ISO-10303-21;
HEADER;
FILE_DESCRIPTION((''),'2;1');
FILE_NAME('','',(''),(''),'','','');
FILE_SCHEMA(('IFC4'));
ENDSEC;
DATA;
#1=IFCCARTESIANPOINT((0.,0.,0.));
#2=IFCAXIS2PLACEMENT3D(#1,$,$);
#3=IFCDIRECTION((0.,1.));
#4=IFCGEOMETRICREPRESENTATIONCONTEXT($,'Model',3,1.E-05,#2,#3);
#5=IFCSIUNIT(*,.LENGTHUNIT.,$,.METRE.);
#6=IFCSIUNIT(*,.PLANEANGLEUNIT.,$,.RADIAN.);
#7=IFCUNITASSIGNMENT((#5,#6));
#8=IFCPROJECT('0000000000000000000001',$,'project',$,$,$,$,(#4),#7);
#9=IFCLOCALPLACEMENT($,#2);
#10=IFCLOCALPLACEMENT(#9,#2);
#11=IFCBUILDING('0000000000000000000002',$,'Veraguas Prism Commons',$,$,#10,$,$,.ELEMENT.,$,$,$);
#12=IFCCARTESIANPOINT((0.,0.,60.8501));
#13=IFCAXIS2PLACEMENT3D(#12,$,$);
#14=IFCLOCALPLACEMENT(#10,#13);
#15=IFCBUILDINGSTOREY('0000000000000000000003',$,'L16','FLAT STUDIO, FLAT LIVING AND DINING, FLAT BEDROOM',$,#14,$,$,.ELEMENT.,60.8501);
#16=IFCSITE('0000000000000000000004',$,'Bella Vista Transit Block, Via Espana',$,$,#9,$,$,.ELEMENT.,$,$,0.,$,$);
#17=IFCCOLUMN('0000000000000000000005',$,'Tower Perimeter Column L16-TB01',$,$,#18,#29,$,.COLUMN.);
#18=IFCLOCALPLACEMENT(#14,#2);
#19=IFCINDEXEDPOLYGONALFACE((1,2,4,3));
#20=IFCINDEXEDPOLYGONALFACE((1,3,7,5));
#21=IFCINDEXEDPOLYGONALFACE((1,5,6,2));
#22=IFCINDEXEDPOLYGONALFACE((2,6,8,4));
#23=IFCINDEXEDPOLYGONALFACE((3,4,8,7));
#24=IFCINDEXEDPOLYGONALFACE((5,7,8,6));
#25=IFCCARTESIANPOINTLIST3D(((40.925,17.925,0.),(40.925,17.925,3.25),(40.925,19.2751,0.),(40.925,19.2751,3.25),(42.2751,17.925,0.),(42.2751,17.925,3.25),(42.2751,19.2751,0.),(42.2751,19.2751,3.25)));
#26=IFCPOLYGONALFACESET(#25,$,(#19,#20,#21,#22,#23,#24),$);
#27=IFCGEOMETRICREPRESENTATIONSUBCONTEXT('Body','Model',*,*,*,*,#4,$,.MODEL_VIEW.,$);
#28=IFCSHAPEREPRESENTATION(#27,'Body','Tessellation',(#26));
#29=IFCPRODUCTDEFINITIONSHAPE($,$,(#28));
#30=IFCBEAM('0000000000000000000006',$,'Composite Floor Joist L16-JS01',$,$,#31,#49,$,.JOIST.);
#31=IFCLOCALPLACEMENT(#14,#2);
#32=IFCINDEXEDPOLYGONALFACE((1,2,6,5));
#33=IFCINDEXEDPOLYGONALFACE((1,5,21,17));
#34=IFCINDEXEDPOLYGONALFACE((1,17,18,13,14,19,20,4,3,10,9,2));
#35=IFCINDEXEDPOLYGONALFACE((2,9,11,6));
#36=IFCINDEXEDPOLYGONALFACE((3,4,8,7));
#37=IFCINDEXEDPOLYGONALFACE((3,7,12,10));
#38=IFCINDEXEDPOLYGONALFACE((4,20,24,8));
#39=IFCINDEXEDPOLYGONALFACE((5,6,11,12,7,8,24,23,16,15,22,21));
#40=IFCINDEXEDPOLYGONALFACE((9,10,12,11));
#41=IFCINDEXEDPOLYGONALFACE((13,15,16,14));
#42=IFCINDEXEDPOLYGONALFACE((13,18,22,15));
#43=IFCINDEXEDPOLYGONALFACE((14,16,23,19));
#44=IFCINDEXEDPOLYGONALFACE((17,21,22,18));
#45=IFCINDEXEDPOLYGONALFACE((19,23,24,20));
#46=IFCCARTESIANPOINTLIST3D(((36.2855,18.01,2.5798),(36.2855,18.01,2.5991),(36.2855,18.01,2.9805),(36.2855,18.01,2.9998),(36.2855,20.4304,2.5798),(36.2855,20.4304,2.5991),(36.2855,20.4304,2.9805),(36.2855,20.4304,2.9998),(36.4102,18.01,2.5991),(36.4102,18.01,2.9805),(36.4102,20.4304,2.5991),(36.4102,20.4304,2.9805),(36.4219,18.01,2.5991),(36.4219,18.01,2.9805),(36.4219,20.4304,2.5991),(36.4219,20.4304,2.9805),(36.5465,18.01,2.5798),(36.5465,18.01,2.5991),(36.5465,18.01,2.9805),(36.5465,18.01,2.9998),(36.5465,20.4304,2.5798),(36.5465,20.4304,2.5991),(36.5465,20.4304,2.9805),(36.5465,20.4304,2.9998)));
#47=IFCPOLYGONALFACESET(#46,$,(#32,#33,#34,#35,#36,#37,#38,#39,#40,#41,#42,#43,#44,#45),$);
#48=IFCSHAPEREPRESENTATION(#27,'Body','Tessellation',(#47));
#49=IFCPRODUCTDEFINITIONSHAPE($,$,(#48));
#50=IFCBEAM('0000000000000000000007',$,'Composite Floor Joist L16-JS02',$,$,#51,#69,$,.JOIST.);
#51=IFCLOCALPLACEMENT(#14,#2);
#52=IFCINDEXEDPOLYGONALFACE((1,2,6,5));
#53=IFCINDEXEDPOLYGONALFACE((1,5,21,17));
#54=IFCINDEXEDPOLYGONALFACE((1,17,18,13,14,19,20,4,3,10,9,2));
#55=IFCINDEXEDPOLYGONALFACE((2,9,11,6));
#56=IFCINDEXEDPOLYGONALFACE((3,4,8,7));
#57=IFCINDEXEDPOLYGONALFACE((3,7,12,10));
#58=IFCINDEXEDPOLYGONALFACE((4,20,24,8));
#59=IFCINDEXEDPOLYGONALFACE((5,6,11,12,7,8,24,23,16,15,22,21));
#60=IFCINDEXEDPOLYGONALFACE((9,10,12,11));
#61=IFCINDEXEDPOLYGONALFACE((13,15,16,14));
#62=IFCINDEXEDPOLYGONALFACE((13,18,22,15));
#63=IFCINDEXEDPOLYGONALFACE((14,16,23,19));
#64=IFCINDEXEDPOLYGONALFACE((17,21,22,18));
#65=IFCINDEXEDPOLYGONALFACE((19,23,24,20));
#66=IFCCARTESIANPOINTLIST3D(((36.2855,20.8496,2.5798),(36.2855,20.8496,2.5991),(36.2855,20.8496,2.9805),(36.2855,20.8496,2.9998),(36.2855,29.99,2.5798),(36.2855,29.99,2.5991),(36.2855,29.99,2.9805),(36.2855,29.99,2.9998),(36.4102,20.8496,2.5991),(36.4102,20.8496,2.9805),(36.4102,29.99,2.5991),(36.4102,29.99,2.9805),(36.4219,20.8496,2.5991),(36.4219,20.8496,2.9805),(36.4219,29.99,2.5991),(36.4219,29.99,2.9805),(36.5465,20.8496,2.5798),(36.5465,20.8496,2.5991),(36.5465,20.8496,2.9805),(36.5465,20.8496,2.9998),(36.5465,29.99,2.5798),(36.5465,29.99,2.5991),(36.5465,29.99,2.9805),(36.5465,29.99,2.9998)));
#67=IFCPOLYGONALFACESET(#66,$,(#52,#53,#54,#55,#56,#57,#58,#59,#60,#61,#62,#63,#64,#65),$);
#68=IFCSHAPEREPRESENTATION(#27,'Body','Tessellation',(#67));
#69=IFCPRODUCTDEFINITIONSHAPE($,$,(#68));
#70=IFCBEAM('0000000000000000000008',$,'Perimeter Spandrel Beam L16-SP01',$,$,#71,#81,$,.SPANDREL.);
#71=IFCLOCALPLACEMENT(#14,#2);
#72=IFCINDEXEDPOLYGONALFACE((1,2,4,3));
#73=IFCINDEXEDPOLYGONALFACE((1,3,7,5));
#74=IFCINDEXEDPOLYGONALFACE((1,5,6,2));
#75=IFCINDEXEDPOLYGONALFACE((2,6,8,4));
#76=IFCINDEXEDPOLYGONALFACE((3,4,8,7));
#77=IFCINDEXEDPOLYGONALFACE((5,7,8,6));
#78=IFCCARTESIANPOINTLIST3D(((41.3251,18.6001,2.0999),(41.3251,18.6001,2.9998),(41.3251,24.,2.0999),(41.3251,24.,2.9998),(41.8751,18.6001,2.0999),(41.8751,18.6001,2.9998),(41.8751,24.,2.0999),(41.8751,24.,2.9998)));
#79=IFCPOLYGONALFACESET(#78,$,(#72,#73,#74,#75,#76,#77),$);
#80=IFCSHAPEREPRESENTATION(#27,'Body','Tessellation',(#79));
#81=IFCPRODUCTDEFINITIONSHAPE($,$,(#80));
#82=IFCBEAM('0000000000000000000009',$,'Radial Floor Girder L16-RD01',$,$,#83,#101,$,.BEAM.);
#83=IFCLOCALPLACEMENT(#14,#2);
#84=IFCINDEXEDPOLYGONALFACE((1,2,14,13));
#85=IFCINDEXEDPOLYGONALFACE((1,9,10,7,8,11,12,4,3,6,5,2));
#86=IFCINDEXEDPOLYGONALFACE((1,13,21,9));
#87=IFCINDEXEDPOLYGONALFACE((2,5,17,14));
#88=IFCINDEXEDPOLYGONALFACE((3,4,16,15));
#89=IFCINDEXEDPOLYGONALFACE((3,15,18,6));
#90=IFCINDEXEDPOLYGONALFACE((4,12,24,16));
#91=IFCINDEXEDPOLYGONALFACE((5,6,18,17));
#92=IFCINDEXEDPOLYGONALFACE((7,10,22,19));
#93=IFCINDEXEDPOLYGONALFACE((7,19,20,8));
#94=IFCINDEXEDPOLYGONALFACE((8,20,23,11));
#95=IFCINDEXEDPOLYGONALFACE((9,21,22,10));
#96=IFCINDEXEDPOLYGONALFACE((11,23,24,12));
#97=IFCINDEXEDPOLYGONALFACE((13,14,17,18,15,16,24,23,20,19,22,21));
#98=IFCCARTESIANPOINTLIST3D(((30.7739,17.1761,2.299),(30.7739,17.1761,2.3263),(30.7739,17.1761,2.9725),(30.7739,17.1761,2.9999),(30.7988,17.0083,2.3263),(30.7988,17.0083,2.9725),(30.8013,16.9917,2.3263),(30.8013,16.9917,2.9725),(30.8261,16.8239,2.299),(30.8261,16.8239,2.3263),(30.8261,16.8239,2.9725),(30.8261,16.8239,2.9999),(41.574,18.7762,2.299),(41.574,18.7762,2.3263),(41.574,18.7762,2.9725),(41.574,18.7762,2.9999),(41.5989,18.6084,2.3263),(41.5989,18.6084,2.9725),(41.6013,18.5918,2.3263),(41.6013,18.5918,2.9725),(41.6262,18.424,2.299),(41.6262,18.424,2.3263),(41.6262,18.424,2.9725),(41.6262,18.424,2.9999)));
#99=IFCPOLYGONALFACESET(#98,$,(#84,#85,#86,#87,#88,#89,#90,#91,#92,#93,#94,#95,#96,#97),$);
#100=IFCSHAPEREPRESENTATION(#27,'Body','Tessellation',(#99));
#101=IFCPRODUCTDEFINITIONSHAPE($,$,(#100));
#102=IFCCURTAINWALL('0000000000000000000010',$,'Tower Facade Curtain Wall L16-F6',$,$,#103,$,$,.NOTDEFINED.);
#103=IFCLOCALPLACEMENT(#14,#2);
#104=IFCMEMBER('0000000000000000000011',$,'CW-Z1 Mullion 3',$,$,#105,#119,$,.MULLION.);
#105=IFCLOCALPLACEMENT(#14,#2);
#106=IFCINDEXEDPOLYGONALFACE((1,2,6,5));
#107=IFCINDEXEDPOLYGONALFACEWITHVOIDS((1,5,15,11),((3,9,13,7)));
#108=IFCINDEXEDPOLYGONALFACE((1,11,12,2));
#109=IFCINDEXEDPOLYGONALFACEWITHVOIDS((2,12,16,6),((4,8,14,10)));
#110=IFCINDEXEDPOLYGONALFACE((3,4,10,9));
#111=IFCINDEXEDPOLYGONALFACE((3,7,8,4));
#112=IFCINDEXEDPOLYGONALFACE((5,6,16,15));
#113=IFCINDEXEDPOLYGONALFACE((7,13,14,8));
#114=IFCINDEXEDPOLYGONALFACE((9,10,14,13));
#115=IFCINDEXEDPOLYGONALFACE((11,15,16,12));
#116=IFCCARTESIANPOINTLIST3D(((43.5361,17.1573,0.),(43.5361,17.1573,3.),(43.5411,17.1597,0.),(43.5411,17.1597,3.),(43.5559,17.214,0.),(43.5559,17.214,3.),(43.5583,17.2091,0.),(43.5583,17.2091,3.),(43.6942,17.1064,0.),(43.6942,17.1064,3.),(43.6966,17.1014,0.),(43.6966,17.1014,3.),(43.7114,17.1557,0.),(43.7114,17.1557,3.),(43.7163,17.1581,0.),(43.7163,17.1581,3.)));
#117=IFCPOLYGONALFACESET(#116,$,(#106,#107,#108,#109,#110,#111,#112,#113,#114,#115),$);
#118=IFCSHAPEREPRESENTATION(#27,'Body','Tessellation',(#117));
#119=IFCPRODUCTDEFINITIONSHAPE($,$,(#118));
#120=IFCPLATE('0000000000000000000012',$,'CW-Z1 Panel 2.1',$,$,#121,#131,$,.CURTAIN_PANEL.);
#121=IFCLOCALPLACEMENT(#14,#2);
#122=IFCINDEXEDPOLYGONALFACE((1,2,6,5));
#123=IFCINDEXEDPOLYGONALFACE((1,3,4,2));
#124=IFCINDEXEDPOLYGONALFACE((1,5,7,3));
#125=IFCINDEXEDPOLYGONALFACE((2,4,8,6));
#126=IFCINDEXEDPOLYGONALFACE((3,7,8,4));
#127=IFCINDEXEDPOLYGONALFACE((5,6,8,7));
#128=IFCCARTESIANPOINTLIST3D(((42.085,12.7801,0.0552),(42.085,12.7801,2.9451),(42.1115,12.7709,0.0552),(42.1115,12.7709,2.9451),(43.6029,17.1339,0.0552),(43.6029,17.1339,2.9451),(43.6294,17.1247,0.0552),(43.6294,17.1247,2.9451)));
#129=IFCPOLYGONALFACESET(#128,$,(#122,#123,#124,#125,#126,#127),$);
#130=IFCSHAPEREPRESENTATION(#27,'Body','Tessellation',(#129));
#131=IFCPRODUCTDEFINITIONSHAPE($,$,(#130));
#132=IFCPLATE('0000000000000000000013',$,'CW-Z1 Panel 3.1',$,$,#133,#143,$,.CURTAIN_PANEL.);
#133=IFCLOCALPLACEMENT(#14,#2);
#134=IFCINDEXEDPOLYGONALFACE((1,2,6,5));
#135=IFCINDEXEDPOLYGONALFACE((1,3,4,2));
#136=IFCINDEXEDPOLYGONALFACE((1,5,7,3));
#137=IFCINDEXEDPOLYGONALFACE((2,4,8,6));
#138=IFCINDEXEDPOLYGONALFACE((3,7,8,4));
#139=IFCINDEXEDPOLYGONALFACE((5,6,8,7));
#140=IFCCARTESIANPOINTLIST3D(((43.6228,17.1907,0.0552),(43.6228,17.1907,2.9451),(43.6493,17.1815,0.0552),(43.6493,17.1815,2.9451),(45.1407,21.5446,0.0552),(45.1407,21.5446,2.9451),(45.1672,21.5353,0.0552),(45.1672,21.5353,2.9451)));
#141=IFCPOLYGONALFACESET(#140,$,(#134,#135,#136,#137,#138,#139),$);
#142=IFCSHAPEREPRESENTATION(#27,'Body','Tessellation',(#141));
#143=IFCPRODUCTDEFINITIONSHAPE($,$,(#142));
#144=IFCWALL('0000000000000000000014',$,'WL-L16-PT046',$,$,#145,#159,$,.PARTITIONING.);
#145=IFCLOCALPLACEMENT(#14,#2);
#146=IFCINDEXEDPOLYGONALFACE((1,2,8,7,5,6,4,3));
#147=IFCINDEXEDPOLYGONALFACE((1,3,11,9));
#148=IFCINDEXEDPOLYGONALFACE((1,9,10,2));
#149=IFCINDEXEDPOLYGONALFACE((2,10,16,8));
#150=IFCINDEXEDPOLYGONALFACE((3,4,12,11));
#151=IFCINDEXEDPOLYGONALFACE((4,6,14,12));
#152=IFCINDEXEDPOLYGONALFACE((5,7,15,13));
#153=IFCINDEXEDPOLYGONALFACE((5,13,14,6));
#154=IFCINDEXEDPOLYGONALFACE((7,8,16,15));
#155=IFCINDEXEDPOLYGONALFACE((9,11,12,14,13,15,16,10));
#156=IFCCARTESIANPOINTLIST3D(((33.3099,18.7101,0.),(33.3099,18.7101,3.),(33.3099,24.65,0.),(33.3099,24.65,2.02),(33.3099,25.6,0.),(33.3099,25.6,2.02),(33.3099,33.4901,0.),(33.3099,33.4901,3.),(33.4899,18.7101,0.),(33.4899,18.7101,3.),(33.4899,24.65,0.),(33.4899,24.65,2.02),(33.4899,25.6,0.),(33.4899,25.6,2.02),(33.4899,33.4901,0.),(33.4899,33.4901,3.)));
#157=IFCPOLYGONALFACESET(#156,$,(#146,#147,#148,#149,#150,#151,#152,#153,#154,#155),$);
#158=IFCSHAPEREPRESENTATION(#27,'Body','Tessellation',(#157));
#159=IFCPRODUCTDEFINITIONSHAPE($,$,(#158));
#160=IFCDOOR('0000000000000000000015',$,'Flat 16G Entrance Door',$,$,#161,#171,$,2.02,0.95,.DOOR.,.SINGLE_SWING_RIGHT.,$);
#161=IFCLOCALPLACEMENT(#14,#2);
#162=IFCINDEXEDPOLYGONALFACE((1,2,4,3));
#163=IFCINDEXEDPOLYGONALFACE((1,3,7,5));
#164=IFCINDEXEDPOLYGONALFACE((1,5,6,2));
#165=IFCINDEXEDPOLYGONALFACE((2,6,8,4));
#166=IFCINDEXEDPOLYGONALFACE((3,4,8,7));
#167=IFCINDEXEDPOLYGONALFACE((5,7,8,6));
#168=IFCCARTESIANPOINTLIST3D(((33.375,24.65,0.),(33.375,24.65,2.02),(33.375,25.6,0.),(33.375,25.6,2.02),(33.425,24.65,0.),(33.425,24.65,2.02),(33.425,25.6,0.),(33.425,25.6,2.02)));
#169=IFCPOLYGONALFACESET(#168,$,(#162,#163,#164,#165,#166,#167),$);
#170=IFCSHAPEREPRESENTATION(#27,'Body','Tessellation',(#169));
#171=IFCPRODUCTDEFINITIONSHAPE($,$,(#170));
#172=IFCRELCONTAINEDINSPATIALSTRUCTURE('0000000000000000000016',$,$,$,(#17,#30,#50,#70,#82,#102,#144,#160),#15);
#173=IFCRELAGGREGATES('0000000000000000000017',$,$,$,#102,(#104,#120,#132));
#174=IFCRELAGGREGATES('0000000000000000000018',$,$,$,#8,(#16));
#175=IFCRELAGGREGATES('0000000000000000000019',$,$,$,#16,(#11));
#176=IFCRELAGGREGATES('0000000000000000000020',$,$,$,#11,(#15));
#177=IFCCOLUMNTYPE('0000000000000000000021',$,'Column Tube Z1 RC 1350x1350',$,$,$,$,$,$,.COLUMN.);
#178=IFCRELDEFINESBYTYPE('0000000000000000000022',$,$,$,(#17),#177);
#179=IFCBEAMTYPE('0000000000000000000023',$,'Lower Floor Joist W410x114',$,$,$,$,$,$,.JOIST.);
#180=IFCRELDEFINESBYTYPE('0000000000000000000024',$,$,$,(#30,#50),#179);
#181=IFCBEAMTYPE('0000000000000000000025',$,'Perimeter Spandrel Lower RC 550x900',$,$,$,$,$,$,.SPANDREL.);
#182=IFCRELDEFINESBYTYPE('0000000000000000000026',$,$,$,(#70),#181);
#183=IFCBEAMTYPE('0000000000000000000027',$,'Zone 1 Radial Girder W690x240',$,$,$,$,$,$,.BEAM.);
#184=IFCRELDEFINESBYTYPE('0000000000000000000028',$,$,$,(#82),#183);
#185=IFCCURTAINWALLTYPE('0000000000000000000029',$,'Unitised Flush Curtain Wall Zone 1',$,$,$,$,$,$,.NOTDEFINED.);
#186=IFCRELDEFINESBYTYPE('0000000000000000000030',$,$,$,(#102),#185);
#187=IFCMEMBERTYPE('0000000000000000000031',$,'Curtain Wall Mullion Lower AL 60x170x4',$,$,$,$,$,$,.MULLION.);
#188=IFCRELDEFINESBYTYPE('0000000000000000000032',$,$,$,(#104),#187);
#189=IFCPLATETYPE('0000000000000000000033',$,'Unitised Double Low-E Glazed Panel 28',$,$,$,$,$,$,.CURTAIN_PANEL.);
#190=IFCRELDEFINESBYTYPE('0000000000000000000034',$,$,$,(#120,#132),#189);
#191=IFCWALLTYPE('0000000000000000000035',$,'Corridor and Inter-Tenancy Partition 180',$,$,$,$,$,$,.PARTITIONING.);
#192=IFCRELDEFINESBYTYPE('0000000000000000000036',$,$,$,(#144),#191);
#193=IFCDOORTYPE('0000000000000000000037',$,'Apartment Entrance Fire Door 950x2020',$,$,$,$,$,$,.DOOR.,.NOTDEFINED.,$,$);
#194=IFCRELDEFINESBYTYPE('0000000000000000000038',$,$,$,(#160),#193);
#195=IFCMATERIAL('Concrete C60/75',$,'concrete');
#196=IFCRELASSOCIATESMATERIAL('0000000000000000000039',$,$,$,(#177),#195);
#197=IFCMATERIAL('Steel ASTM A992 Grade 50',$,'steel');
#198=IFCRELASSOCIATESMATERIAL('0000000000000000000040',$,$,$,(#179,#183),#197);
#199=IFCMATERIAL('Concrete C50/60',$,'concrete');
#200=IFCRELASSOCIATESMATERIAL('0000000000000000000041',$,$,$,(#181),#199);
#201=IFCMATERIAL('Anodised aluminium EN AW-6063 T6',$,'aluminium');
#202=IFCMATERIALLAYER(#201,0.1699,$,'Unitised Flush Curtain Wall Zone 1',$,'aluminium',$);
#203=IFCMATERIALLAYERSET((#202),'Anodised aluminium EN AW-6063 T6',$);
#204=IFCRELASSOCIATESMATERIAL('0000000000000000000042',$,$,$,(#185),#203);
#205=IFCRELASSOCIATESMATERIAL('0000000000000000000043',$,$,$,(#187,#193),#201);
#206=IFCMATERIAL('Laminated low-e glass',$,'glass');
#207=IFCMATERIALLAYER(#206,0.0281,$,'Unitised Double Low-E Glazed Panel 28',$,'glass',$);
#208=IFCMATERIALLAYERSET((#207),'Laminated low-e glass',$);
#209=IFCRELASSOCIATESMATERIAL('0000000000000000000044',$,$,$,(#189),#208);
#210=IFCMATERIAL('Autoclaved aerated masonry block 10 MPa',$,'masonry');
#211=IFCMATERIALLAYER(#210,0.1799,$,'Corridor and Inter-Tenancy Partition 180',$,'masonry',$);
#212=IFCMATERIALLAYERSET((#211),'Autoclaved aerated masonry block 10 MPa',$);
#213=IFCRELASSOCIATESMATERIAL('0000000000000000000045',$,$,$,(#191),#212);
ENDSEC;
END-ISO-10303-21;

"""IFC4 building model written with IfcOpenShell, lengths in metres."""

from ifc_helpers import new_model, si_unit, direction, frame, frame_2d, origin, origin_2d, place, context, subcontext, project, spatial, rectangle, hollow_rectangle, i_section, extrude, source, transform, mapped, material, layer, layer_set, material_profile, profile_set, type_object, element, fill, aggregate, save


model = new_model("IFC4")

# Units and contexts
model_context = context("Model", 3, precision=1e-05, world=origin(), true_north=direction((0.0, 1.0)))
body_context = subcontext(model_context, "Body", "Model", "MODEL_VIEW")
ifc_project = project(units=[si_unit("LENGTHUNIT", "METRE"), si_unit("PLANEANGLEUNIT", "RADIAN")], contexts=[model_context])

# Site, building, storey
site_placement = place(None, origin())
site = spatial("IfcSite", under=ifc_project, at=site_placement, Name="Bella Vista Transit Block, Via Espana", CompositionType="ELEMENT", RefElevation=0.0)
building_placement = place(site_placement, origin())
building = spatial("IfcBuilding", under=site, at=building_placement, Name="Veraguas Prism Commons", CompositionType="ELEMENT")
storey_placement = place(building_placement, frame((0.0, 0.0, 60.8501)))
storey = spatial("IfcBuildingStorey", under=building, at=storey_placement, Name="L16", Description="FLAT STUDIO, FLAT LIVING AND DINING, FLAT BEDROOM", CompositionType="ELEMENT", Elevation=60.8501)

# Column
ifc_material_1 = material(Name="Concrete C60/75", Category="concrete")
ifc_material_profile_1 = material_profile(ifc_material_1, rectangle(XDim=1.3501, YDim=1.3501, at=origin_2d()), Name="RC1350X1350")
ifc_profile_set_1 = profile_set([ifc_material_profile_1], Name="Concrete C60/75")
column_type = type_object("IfcColumnType", Name="Column Tube Z1 RC 1350x1350", PredefinedType="COLUMN", material=ifc_profile_set_1)
column_placement = place(storey_placement, frame((41.6001, 18.6001, 0.0), z_axis=(0.0, 0.0, 1.0), x_axis=(1.0, 0.0, 0.0)))
element("IfcColumn", 1, at=column_placement, inside=storey, type_object=column_type, Name="Tower Perimeter Column L16-TB01", PredefinedType="COLUMN", context=body_context, shape_type="SweptSolid", body=[
    extrude(rectangle(XDim=1.3501, YDim=1.3501, at=origin_2d()), origin(), (0.0, 0.0, 1.0), 3.25),
])

# Beams
ifc_material_2 = material(Name="Steel ASTM A992 Grade 50", Category="steel")
ifc_material_profile_2 = material_profile(ifc_material_2, i_section(OverallWidth=0.261, OverallDepth=0.4199, WebThickness=0.0117, FlangeThickness=0.0193, at=origin_2d()), Name="W410X114")
ifc_profile_set_2 = profile_set([ifc_material_profile_2], Name="Steel ASTM A992 Grade 50")
beam_type_1 = type_object("IfcBeamType", Name="Lower Floor Joist W410x114", PredefinedType="JOIST", material=ifc_profile_set_2)
beam_1_placement = place(storey_placement, frame((36.416, 18.01, 2.7898), z_axis=(0.0, 1.0, 0.0), x_axis=(-1.0, 0.0, 0.0)))
element("IfcBeam", 2, at=beam_1_placement, inside=storey, type_object=beam_type_1, Name="Composite Floor Joist L16-JS01", PredefinedType="JOIST", context=body_context, shape_type="SweptSolid", body=[
    extrude(i_section(OverallWidth=0.261, OverallDepth=0.4199, WebThickness=0.0117, FlangeThickness=0.0193, at=origin_2d()), origin(), (0.0, 0.0, 1.0), 2.4204),
])
beam_2_placement = place(storey_placement, frame((36.416, 20.8496, 2.7898), z_axis=(0.0, 1.0, 0.0), x_axis=(-1.0, 0.0, 0.0)))
element("IfcBeam", 3, at=beam_2_placement, inside=storey, type_object=beam_type_1, Name="Composite Floor Joist L16-JS02", PredefinedType="JOIST", context=body_context, shape_type="SweptSolid", body=[
    extrude(i_section(OverallWidth=0.261, OverallDepth=0.4199, WebThickness=0.0117, FlangeThickness=0.0193, at=origin_2d()), origin(), (0.0, 0.0, 1.0), 9.1404),
])
ifc_material_3 = material(Name="Concrete C50/60", Category="concrete")
ifc_material_profile_3 = material_profile(ifc_material_3, rectangle(XDim=0.55, YDim=0.8999, at=origin_2d()), Name="RC550X900")
ifc_profile_set_3 = profile_set([ifc_material_profile_3], Name="Concrete C50/60")
beam_type_2 = type_object("IfcBeamType", Name="Perimeter Spandrel Lower RC 550x900", PredefinedType="SPANDREL", material=ifc_profile_set_3)
beam_3_placement = place(storey_placement, frame((41.6001, 18.6001, 2.5498), z_axis=(0.0, 1.0, 0.0), x_axis=(-1.0, 0.0, 0.0)))
element("IfcBeam", 4, at=beam_3_placement, inside=storey, type_object=beam_type_2, Name="Perimeter Spandrel Beam L16-SP01", PredefinedType="SPANDREL", context=body_context, shape_type="SweptSolid", body=[
    extrude(rectangle(XDim=0.55, YDim=0.8999, at=origin_2d()), origin(), (0.0, 0.0, 1.0), 5.3999),
])
ifc_material_profile_4 = material_profile(ifc_material_2, i_section(OverallWidth=0.356, OverallDepth=0.7009, WebThickness=0.0168, FlangeThickness=0.0273, at=origin_2d()), Name="W690X240")
ifc_profile_set_4 = profile_set([ifc_material_profile_4], Name="Steel ASTM A992 Grade 50")
beam_type_3 = type_object("IfcBeamType", Name="Zone 1 Radial Girder W690x240", PredefinedType="BEAM", material=ifc_profile_set_4)
beam_4_placement = place(storey_placement, frame((41.6001, 18.6001, 2.6494), z_axis=(-0.989202, -0.146557, 0.0), x_axis=(0.146557, -0.989202, 0.0)))
element("IfcBeam", 5, at=beam_4_placement, inside=storey, type_object=beam_type_3, Name="Radial Floor Girder L16-RD01", PredefinedType="BEAM", context=body_context, shape_type="SweptSolid", body=[
    extrude(i_section(OverallWidth=0.356, OverallDepth=0.7009, WebThickness=0.0168, FlangeThickness=0.0273, at=origin_2d()), origin(), (0.0, 0.0, 1.0), 10.918),
])

# Curtain wall, member, plates
ifc_material_4 = material(Name="Anodised aluminium EN AW-6063 T6", Category="aluminium")
ifc_layer_1 = layer(ifc_material_4, 0.1699, Name="Unitised Flush Curtain Wall Zone 1", Category="aluminium")
ifc_layer_set_1 = layer_set([ifc_layer_1], Name="Anodised aluminium EN AW-6063 T6")
curtain_wall_type = type_object("IfcCurtainWallType", Name="Unitised Flush Curtain Wall Zone 1", PredefinedType="NOTDEFINED", material=ifc_layer_set_1)
curtain_wall_placement = place(storey_placement, origin())
curtain_wall = element("IfcCurtainWall", 6, at=curtain_wall_placement, inside=storey, type_object=curtain_wall_type, Name="Tower Facade Curtain Wall L16-F6", PredefinedType="NOTDEFINED")
ifc_material_profile_5 = material_profile(ifc_material_4, hollow_rectangle(XDim=0.0601, YDim=0.1699, WallThickness=0.0039, at=origin_2d()), Name="AL60X170X4")
ifc_profile_set_5 = profile_set([ifc_material_profile_5], Name="Anodised aluminium EN AW-6063 T6")
member_type = type_object("IfcMemberType", Name="Curtain Wall Mullion Lower AL 60x170x4", PredefinedType="MULLION", material=ifc_profile_set_5)
shared_shape_1 = source(origin(), body_context, "Body", "SweptSolid", [
    extrude(hollow_rectangle(XDim=0.0601, YDim=0.1699, WallThickness=0.0039, at=origin_2d()), origin(), (0.0, 0.0, 1.0), 3.0),
])
member_placement = place(storey_placement, frame((43.6262, 17.1577, 0.0), z_axis=(0.0, 0.0, 1.0), x_axis=(0.329195, 0.944262, 0.0)))
member = element("IfcMember", 7, at=member_placement, type_object=member_type, Name="CW-Z1 Mullion 3", PredefinedType="MULLION", context=body_context, shape_type="MappedRepresentation", body=[
    mapped(shared_shape_1, transform((0.0, 0.0, 0.0), scale=1.0)),
])
ifc_material_5 = material(Name="Laminated low-e glass", Category="glass")
ifc_layer_2 = layer(ifc_material_5, 0.0281, Name="Unitised Double Low-E Glazed Panel 28", Category="glass")
ifc_layer_set_2 = layer_set([ifc_layer_2], Name="Laminated low-e glass")
plate_type = type_object("IfcPlateType", Name="Unitised Double Low-E Glazed Panel 28", PredefinedType="CURTAIN_PANEL", material=ifc_layer_set_2)
shared_shape_2 = source(origin(), body_context, "Body", "SweptSolid", [
    extrude(rectangle(XDim=4.6108, YDim=0.0281, at=origin_2d()), origin(), (0.0, 0.0, 1.0), 2.8899),
])
plate_1_placement = place(storey_placement, frame((42.8572, 14.9524, 0.0552), z_axis=(0.0, 0.0, 1.0), x_axis=(0.329195, 0.944262, 0.0)))
plate_1 = element("IfcPlate", 8, at=plate_1_placement, type_object=plate_type, Name="CW-Z1 Panel 2.1", PredefinedType="CURTAIN_PANEL", context=body_context, shape_type="MappedRepresentation", body=[
    mapped(shared_shape_2, transform((0.0, 0.0, 0.0), scale=1.0)),
])
plate_2_placement = place(storey_placement, frame((44.395, 19.363, 0.0552), z_axis=(0.0, 0.0, 1.0), x_axis=(0.329195, 0.944262, 0.0)))
plate_2 = element("IfcPlate", 9, at=plate_2_placement, type_object=plate_type, Name="CW-Z1 Panel 3.1", PredefinedType="CURTAIN_PANEL", context=body_context, shape_type="MappedRepresentation", body=[
    mapped(shared_shape_2, transform((0.0, 0.0, 0.0), scale=1.0)),
])
aggregate(curtain_wall, [member, plate_1, plate_2])

# Wall, opening, door
ifc_material_6 = material(Name="Autoclaved aerated masonry block 10 MPa", Category="masonry")
ifc_layer_3 = layer(ifc_material_6, 0.1799, Name="Corridor and Inter-Tenancy Partition 180", Category="masonry")
ifc_layer_set_3 = layer_set([ifc_layer_3], Name="Autoclaved aerated masonry block 10 MPa")
wall_type_1 = type_object("IfcWallType", Name="Corridor and Inter-Tenancy Partition 180", PredefinedType="PARTITIONING", material=ifc_layer_set_3)
wall_1_placement = place(storey_placement, frame((33.3999, 18.71, 0.0), z_axis=(0.0, 0.0, 1.0), x_axis=(0.0, 1.0, 0.0)))
wall_1 = element("IfcWall", 10, at=wall_1_placement, inside=storey, type_object=wall_type_1, Name="WL-L16-PT046", PredefinedType="PARTITIONING", context=body_context, shape_type="SweptSolid", body=[
    extrude(rectangle(XDim=14.78, YDim=0.1799, at=frame_2d((7.3901, 0.0))), origin(), (0.0, 0.0, 1.0), 3.0),
])
opening_1_placement = place(wall_1_placement, frame((5.9399, 0.0, 0.0)))
opening_1 = element("IfcOpeningElement", 11, at=opening_1_placement, cuts=wall_1, PredefinedType="OPENING", context=body_context, shape_type="SweptSolid", body=[
    extrude(rectangle(XDim=0.95, YDim=2.02, at=frame_2d((0.4751, 1.01))), frame((0.0, 0.0999, 0.0), z_axis=(0.0, -1.0, 0.0), x_axis=(1.0, 0.0, 0.0)), (0.0, 0.0, 1.0), 0.2),
])
door_type_1 = type_object("IfcDoorType", Name="Apartment Entrance Fire Door 950x2020", OperationType="NOTDEFINED", PredefinedType="DOOR", material=ifc_material_4)
shared_shape_3 = source(origin(), body_context, "Body", "SweptSolid", [
    extrude(rectangle(XDim=0.95, YDim=2.02, at=frame_2d((0.4751, 1.01))), frame((0.0, 0.0249, 0.0), z_axis=(0.0, -1.0, 0.0), x_axis=(1.0, 0.0, 0.0)), (0.0, 0.0, 1.0), 0.05),
])
door_1_placement = place(opening_1_placement, origin())
door_1 = element("IfcDoor", 12, at=door_1_placement, inside=storey, type_object=door_type_1, Name="Flat 16G Entrance Door", OperationType="SINGLE_SWING_RIGHT", OverallHeight=2.02, OverallWidth=0.95, PredefinedType="DOOR", context=body_context, shape_type="MappedRepresentation", body=[
    mapped(shared_shape_3, transform((0.0, 0.0, 0.0), scale=1.0)),
])
fill(opening_1, door_1)

save(model, "model.ifc")
